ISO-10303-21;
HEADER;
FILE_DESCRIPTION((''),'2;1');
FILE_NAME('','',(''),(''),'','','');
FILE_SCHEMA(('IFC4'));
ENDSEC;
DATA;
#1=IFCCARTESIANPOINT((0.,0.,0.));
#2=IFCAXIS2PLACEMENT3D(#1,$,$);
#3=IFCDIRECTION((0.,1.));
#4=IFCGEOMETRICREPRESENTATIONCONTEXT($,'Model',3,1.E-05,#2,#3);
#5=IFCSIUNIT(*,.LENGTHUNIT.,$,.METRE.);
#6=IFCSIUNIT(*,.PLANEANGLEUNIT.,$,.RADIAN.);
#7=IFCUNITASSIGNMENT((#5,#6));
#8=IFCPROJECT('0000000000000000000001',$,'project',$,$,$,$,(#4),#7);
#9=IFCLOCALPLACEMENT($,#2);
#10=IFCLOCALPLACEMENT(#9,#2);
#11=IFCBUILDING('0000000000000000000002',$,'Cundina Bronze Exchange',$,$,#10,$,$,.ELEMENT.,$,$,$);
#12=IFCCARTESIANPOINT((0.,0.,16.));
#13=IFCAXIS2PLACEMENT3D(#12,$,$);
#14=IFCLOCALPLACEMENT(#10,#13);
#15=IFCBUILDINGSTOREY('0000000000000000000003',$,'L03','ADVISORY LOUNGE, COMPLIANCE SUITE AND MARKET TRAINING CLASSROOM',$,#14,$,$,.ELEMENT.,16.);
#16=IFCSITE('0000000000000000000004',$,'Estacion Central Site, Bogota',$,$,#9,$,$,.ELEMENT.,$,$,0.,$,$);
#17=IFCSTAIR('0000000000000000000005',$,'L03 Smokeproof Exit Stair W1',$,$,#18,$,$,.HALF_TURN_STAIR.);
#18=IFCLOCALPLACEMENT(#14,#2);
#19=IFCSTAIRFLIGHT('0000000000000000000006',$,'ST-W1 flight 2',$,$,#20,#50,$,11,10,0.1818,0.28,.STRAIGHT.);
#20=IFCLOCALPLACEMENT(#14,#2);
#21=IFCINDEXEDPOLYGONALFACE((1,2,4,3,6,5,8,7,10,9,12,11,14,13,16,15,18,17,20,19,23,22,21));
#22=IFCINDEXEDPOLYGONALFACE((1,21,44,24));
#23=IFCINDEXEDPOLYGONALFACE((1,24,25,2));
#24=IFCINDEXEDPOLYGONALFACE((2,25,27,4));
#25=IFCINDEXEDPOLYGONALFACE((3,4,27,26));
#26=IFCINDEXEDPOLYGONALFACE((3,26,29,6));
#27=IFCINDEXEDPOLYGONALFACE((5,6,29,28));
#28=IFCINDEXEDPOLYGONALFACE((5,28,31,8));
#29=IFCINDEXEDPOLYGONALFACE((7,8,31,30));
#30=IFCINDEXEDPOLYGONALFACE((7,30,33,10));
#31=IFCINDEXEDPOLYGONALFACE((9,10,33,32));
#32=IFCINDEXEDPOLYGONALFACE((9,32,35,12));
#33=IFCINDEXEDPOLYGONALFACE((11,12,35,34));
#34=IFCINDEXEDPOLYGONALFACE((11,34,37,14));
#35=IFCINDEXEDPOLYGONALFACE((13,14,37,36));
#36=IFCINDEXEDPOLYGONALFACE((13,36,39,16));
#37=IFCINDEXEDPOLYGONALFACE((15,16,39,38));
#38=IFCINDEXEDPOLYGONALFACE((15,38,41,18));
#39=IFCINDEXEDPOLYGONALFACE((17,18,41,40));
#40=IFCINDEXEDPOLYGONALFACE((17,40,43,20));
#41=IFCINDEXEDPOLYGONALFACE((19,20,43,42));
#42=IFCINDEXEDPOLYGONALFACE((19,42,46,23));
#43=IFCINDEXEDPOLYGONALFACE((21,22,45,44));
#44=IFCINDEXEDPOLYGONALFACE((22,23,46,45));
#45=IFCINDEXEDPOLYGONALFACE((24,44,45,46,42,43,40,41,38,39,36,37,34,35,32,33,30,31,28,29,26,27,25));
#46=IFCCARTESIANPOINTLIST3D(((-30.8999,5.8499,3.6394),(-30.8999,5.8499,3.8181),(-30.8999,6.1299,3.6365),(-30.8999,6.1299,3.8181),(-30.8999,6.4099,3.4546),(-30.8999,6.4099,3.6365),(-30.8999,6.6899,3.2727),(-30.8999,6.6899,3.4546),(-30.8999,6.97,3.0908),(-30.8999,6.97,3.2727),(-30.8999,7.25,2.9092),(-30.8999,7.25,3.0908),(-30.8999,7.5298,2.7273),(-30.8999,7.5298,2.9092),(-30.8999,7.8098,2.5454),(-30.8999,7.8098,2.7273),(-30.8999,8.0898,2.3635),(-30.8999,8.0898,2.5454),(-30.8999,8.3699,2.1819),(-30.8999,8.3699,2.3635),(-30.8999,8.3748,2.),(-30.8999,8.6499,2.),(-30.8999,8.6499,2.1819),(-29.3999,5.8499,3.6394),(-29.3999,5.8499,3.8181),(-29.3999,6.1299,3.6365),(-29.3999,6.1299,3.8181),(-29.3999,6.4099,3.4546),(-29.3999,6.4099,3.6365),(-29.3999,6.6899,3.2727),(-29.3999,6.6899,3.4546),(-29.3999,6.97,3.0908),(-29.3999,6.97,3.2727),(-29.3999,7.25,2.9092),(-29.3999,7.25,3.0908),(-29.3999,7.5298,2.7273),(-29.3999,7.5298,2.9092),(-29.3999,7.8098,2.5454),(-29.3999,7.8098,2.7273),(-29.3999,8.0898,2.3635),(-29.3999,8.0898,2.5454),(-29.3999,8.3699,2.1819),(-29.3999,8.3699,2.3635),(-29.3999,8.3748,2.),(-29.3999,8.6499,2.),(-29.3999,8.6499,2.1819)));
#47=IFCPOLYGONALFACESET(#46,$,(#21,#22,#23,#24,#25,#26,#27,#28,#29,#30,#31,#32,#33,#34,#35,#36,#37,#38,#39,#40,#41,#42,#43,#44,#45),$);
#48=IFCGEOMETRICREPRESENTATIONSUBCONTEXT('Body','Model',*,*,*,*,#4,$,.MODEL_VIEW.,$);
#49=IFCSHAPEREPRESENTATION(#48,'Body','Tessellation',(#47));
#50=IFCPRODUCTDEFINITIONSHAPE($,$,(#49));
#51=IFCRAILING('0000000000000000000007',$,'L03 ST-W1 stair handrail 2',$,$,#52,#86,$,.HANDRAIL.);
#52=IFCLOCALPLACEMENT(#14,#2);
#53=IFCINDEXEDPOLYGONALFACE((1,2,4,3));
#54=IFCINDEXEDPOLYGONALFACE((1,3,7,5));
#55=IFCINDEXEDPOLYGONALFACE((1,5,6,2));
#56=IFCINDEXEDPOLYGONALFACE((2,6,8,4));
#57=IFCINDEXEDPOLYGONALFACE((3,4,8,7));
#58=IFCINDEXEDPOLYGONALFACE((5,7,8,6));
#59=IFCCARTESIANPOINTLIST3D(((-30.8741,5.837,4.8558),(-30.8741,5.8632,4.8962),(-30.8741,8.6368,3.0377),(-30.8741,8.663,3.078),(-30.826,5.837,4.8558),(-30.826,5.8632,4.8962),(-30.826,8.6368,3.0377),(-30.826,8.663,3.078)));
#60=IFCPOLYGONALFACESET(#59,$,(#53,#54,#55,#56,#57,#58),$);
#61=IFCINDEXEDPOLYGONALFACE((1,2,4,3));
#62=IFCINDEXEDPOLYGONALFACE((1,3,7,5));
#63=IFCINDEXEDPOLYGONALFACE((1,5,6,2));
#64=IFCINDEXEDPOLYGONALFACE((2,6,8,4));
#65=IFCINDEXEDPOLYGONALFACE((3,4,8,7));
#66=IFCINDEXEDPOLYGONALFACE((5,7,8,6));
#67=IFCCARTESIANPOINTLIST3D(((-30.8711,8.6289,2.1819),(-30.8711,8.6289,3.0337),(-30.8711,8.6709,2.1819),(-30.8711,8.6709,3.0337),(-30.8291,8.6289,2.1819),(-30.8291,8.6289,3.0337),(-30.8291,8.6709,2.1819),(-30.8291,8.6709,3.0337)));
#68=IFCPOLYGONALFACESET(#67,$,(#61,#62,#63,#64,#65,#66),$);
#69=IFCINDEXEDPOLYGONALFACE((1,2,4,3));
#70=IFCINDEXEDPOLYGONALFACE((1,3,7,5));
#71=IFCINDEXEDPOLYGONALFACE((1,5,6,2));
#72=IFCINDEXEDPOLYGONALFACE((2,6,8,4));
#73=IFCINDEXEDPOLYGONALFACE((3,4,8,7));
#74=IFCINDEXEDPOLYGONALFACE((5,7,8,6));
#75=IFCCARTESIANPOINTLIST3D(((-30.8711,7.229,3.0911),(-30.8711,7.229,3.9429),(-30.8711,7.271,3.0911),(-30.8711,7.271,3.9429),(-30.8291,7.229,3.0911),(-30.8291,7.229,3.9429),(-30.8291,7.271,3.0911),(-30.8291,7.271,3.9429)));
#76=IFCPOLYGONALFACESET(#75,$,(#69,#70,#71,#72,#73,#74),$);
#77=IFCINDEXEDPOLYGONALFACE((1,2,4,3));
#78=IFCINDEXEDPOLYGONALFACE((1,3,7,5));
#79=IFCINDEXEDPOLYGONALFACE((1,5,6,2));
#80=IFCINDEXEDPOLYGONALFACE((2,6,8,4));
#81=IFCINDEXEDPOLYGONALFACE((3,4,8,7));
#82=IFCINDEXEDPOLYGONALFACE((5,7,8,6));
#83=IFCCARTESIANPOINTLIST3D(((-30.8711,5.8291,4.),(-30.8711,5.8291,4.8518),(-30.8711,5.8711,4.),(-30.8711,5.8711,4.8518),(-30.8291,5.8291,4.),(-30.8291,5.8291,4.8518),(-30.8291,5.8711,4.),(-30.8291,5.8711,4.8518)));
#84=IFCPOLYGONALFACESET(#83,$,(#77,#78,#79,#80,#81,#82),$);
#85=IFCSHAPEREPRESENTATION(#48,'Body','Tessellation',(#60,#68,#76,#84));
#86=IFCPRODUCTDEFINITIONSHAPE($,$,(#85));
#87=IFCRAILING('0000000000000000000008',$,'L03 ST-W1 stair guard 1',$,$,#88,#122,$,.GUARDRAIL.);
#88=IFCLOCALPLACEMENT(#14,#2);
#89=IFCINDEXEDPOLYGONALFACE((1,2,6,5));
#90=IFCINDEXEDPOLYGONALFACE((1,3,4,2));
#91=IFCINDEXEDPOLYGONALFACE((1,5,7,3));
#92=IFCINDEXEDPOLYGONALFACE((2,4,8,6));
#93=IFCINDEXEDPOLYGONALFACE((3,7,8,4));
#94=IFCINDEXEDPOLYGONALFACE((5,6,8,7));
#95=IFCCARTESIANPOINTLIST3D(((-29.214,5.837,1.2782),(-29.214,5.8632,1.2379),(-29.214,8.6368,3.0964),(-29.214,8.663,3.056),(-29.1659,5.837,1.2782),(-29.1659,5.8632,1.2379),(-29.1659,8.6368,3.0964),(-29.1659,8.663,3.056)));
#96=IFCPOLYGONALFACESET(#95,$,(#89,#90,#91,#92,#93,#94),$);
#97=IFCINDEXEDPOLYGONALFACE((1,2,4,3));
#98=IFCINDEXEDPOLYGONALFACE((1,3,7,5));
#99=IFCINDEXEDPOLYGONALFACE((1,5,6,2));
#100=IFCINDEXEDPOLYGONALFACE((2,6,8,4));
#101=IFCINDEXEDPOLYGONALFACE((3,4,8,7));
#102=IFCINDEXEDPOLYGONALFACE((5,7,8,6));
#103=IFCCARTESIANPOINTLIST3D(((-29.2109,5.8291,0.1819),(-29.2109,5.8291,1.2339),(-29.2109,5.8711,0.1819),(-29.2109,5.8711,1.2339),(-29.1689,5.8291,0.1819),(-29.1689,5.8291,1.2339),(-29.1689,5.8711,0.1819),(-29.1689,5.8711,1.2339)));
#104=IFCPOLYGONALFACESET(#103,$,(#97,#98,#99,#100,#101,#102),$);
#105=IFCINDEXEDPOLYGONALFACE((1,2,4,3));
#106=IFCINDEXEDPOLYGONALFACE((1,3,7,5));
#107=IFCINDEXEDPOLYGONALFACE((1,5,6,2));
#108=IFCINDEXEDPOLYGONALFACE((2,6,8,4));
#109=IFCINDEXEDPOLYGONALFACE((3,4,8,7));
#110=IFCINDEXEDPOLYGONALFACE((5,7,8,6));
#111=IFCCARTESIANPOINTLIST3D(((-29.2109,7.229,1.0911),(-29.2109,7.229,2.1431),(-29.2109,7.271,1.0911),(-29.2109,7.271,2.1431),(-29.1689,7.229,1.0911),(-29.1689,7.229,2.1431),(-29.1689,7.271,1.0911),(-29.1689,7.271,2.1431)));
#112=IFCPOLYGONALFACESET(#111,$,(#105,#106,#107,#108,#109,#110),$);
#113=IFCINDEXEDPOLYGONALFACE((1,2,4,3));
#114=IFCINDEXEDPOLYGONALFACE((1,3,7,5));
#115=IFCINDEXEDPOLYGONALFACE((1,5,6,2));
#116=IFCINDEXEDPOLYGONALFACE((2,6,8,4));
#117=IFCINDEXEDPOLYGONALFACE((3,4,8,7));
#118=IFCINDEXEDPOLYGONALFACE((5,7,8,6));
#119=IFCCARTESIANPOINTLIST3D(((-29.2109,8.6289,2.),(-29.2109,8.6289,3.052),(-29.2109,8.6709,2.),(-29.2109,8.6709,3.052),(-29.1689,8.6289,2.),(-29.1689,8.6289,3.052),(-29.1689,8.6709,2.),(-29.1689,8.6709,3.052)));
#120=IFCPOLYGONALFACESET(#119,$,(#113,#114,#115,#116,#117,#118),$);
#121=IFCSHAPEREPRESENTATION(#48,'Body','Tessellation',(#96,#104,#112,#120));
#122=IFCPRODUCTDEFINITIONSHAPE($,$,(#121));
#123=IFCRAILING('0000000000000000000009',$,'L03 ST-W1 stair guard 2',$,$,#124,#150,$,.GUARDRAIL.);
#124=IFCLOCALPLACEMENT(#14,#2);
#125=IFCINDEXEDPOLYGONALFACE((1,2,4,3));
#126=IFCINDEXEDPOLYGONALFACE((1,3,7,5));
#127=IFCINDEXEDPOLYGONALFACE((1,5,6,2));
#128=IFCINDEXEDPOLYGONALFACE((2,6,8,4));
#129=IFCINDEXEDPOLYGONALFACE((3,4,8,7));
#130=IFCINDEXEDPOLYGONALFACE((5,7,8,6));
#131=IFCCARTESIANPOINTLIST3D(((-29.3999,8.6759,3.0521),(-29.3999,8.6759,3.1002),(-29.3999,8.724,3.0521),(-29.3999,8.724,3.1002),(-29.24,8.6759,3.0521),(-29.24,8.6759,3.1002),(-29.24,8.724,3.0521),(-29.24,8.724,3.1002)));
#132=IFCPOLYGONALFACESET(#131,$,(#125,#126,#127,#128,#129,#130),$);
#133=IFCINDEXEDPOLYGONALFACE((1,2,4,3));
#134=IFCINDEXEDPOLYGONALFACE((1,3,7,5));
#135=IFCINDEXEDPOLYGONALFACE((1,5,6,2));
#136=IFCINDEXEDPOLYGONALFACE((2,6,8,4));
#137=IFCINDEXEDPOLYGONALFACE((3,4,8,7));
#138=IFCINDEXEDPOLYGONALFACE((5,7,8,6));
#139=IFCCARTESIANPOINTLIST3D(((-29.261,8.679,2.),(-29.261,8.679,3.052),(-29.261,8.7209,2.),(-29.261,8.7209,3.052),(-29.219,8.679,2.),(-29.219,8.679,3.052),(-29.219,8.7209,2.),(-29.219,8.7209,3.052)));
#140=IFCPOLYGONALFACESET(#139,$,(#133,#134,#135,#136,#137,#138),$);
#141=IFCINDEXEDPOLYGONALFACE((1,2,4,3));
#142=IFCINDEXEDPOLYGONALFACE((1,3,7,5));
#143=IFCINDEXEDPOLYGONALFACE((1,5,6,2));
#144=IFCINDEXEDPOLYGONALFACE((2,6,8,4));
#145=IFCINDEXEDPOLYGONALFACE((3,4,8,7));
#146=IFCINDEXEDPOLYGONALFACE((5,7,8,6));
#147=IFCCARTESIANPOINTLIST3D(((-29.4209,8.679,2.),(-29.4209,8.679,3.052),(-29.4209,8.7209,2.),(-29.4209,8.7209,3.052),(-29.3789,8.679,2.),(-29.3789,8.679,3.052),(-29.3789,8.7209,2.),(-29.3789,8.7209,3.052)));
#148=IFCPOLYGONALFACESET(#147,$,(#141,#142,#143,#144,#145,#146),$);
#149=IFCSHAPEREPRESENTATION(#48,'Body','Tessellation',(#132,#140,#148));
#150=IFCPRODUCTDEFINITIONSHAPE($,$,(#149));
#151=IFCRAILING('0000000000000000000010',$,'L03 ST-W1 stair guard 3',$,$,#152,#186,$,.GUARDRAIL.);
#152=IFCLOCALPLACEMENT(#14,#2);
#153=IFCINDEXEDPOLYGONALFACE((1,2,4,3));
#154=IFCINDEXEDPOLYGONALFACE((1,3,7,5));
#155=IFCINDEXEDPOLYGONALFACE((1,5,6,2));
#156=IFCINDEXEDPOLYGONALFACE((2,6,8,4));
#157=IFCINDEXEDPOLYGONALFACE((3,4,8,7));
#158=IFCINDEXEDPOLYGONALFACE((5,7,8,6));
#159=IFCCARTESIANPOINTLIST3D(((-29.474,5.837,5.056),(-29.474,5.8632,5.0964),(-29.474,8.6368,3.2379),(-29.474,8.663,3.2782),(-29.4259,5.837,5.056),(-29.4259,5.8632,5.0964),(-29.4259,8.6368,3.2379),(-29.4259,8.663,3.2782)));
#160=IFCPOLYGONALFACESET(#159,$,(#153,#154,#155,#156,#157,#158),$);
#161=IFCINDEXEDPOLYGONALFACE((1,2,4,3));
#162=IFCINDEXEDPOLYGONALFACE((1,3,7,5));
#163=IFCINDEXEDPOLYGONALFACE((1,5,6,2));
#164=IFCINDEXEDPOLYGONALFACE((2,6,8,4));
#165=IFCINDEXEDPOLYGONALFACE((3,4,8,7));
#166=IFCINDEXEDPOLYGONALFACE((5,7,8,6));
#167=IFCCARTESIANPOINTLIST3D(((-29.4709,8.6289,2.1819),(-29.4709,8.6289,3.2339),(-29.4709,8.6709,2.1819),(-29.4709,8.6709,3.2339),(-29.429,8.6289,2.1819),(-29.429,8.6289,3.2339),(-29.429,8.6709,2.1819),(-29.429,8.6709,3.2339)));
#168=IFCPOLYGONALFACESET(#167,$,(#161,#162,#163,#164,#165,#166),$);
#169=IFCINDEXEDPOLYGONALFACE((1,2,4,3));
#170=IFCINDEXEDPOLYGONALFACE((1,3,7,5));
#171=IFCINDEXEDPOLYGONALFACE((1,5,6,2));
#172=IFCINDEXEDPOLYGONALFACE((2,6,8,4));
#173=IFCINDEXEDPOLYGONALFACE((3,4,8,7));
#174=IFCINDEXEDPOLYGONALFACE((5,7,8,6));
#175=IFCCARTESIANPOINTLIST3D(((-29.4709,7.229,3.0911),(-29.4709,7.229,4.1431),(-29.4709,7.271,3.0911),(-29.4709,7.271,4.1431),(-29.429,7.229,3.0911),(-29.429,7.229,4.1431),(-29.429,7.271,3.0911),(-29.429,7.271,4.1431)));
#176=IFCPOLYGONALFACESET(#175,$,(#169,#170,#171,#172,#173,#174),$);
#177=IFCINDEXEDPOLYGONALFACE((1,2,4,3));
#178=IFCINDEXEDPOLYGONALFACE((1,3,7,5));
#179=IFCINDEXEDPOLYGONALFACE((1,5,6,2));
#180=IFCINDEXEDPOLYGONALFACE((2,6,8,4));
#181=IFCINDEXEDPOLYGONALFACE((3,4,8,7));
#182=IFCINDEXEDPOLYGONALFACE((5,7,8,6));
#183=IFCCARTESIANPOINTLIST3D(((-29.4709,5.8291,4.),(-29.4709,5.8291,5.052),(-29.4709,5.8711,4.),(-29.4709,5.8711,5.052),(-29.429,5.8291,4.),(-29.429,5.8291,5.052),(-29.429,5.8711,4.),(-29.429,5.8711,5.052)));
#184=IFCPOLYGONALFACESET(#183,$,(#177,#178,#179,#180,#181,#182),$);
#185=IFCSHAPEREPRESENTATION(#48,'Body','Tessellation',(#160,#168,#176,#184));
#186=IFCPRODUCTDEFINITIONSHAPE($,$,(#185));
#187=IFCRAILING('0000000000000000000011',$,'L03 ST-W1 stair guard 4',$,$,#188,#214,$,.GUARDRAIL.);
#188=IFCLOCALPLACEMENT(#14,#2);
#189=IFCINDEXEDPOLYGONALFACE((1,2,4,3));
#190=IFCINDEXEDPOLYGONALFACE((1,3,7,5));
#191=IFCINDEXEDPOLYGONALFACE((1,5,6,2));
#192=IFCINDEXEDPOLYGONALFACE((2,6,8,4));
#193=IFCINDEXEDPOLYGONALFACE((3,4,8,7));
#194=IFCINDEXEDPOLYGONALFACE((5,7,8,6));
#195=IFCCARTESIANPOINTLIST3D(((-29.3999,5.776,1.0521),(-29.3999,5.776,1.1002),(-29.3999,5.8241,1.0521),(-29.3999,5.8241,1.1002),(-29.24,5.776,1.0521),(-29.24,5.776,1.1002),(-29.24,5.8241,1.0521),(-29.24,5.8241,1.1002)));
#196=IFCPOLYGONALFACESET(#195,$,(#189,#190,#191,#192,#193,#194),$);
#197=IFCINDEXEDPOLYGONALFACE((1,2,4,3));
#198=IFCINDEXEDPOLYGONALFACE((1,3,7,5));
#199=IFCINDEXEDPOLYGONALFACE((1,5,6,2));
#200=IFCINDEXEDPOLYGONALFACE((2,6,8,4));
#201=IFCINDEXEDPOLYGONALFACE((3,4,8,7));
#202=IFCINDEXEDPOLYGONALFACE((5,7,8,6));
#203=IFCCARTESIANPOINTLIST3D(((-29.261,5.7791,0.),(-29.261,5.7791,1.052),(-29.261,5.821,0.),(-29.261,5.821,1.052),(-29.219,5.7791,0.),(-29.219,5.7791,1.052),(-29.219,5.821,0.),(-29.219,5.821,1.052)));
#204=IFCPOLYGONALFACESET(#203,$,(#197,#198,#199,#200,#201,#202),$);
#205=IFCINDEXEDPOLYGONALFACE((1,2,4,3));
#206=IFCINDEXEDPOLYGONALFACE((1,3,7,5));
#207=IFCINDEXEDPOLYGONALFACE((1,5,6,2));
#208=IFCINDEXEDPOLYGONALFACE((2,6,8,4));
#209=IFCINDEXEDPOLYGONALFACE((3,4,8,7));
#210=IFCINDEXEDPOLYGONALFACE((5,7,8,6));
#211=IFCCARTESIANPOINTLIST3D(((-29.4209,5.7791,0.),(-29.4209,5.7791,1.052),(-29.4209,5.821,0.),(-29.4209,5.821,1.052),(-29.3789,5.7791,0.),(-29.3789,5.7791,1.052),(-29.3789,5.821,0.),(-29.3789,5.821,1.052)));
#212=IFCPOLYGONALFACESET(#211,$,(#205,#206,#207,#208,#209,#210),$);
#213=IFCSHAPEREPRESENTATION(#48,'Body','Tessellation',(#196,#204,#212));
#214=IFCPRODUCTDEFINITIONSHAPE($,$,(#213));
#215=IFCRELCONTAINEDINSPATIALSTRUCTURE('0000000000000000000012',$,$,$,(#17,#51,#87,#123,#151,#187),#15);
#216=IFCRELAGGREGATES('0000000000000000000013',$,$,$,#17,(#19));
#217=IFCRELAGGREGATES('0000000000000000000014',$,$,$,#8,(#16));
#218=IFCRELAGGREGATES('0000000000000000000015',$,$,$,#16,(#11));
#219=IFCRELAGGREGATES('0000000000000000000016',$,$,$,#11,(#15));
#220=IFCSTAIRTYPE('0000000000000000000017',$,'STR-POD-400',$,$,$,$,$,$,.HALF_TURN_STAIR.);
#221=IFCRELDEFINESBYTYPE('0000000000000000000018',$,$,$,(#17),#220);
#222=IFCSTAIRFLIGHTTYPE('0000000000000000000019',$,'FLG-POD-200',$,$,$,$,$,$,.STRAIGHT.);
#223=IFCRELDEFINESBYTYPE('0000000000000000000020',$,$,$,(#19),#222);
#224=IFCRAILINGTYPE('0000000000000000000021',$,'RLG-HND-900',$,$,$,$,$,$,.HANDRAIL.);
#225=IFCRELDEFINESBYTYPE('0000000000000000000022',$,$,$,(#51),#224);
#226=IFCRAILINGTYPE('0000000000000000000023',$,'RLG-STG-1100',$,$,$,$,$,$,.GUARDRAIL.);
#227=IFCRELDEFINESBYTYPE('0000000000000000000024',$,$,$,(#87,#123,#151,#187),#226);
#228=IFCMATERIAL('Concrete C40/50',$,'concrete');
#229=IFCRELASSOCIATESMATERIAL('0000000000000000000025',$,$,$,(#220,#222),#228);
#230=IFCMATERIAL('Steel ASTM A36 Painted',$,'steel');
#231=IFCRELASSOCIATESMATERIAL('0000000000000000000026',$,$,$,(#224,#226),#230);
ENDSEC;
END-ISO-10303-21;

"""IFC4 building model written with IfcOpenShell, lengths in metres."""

from ifc_helpers import new_model, si_unit, direction, frame, origin, origin_2d, place, context, subcontext, project, spatial, polyline, rectangle, outline, extrude, material, type_object, element, aggregate, save


model = new_model("IFC4")

# Units and contexts
model_context = context("Model", 3, precision=1e-05, world=origin(), true_north=direction((0.0, 1.0)))
body_context = subcontext(model_context, "Body", "Model", "MODEL_VIEW")
ifc_project = project(units=[si_unit("LENGTHUNIT", "METRE"), si_unit("PLANEANGLEUNIT", "RADIAN")], contexts=[model_context])

# Site, building, storey
site_placement = place(None, origin())
site = spatial("IfcSite", under=ifc_project, at=site_placement, Name="Estacion Central Site, Bogota", CompositionType="ELEMENT", RefElevation=0.0)
building_placement = place(site_placement, origin())
building = spatial("IfcBuilding", under=site, at=building_placement, Name="Cundina Bronze Exchange", CompositionType="ELEMENT")
storey_placement = place(building_placement, frame((0.0, 0.0, 16.0)))
storey = spatial("IfcBuildingStorey", under=building, at=storey_placement, Name="L03", Description="ADVISORY LOUNGE, COMPLIANCE SUITE AND MARKET TRAINING CLASSROOM", CompositionType="ELEMENT", Elevation=16.0)

# Shared definitions
ifc_material_1 = material(Name="Concrete C40/50", Category="concrete")

# Shared definitions
ifc_material_2 = material(Name="Steel ASTM A36 Painted", Category="steel")

# Stair, stair flight
stair_type = type_object("IfcStairType", Name="STR-POD-400", PredefinedType="HALF_TURN_STAIR", material=ifc_material_1)
stair_placement = place(storey_placement, origin())
stair = element("IfcStair", 1, at=stair_placement, inside=storey, type_object=stair_type, Name="L03 Smokeproof Exit Stair W1", PredefinedType="HALF_TURN_STAIR")
stair_flight_type = type_object("IfcStairFlightType", Name="FLG-POD-200", PredefinedType="STRAIGHT", material=ifc_material_1)
stair_flight_placement = place(storey_placement, frame((-30.1499, 8.6499, 2.0), z_axis=(0.0, 0.0, 1.0), x_axis=(0.0, -1.0, 0.0)))
stair_flight = element("IfcStairFlight", 2, at=stair_flight_placement, type_object=stair_flight_type, Name="ST-W1 flight 2", NumberOfRisers=11, NumberOfTreads=10, PredefinedType="STRAIGHT", RiserHeight=0.1818, TreadLength=0.28, context=body_context, shape_type="SweptSolid", body=[
    extrude(outline(polyline([(0.0, 0.0), (0.0, 0.1819), (0.28, 0.1819), (0.28, 0.3635), (0.5601, 0.3635), (0.5601, 0.5454), (0.8401, 0.5454), (0.8401, 0.7273), (1.1201, 0.7273), (1.1201, 0.9092), (1.3999, 0.9092), (1.3999, 1.0908), (1.6799, 1.0908), (1.6799, 1.2727), (1.96, 1.2727), (1.96, 1.4546), (2.24, 1.4546), (2.24, 1.6365), (2.52, 1.6365), (2.52, 1.8181), (2.8, 1.8181), (2.8, 2.0), (2.8, 1.6394), (0.2751, 0.0), (0.0, 0.0)])), frame((0.0, 0.75, 0.0), z_axis=(0.0, -1.0, 0.0), x_axis=(1.0, 0.0, 0.0)), (0.0, 0.0, 1.0), 1.5),
])
aggregate(stair, [stair_flight])

# Railings
railing_type_1 = type_object("IfcRailingType", Name="RLG-HND-900", PredefinedType="HANDRAIL", material=ifc_material_2)
railing_1_placement = place(storey_placement, frame((-30.8501, 8.6499, 2.1819)))
element("IfcRailing", 3, at=railing_1_placement, inside=storey, type_object=railing_type_1, Name="L03 ST-W1 stair handrail 2", PredefinedType="HANDRAIL", context=body_context, shape_type="SweptSolid", body=[
    extrude(rectangle(XDim=0.0481, YDim=0.0481, at=origin_2d()), frame((0.0, 0.0, 0.876), z_axis=(0.0, -0.838684, 0.544618), x_axis=(1.0, 0.0, 0.0)), (0.0, 0.0, 1.0), 3.3384),
    extrude(rectangle(XDim=0.042, YDim=0.042, at=origin_2d()), origin(), (0.0, 0.0, 1.0), 0.8518),
    extrude(rectangle(XDim=0.042, YDim=0.042, at=origin_2d()), frame((0.0, -1.3999, 0.9092)), (0.0, 0.0, 1.0), 0.8518),
    extrude(rectangle(XDim=0.042, YDim=0.042, at=origin_2d()), frame((0.0, -2.7998, 1.8181)), (0.0, 0.0, 1.0), 0.8518),
])
railing_type_2 = type_object("IfcRailingType", Name="RLG-STG-1100", PredefinedType="GUARDRAIL", material=ifc_material_2)
railing_2_placement = place(storey_placement, frame((-29.1899, 5.8501, 0.1819)))
element("IfcRailing", 4, at=railing_2_placement, inside=storey, type_object=railing_type_2, Name="L03 ST-W1 stair guard 1", PredefinedType="GUARDRAIL", context=body_context, shape_type="SweptSolid", body=[
    extrude(rectangle(XDim=0.0481, YDim=0.0481, at=origin_2d()), frame((0.0, 0.0, 1.0762), z_axis=(0.0, 0.838684, 0.544618), x_axis=(-1.0, 0.0, 0.0)), (0.0, 0.0, 1.0), 3.3384),
    extrude(rectangle(XDim=0.042, YDim=0.042, at=origin_2d()), origin(), (0.0, 0.0, 1.0), 1.052),
    extrude(rectangle(XDim=0.042, YDim=0.042, at=origin_2d()), frame((0.0, 1.3999, 0.9092)), (0.0, 0.0, 1.0), 1.052),
    extrude(rectangle(XDim=0.042, YDim=0.042, at=origin_2d()), frame((0.0, 2.7998, 1.8181)), (0.0, 0.0, 1.0), 1.052),
])
railing_3_placement = place(storey_placement, frame((-29.24, 8.7, 2.0)))
element("IfcRailing", 5, at=railing_3_placement, inside=storey, type_object=railing_type_2, Name="L03 ST-W1 stair guard 2", PredefinedType="GUARDRAIL", context=body_context, shape_type="SweptSolid", body=[
    extrude(rectangle(XDim=0.0481, YDim=0.0481, at=origin_2d()), frame((0.0, 0.0, 1.0762), z_axis=(-1.0, 0.0, 0.0), x_axis=(0.0, -1.0, 0.0)), (0.0, 0.0, 1.0), 0.1599),
    extrude(rectangle(XDim=0.042, YDim=0.042, at=origin_2d()), origin(), (0.0, 0.0, 1.0), 1.052),
    extrude(rectangle(XDim=0.042, YDim=0.042, at=origin_2d()), frame((-0.1599, 0.0, 0.0)), (0.0, 0.0, 1.0), 1.052),
])
railing_4_placement = place(storey_placement, frame((-29.45, 8.6499, 2.1819)))
element("IfcRailing", 6, at=railing_4_placement, inside=storey, type_object=railing_type_2, Name="L03 ST-W1 stair guard 3", PredefinedType="GUARDRAIL", context=body_context, shape_type="SweptSolid", body=[
    extrude(rectangle(XDim=0.0481, YDim=0.0481, at=origin_2d()), frame((0.0, 0.0, 1.0762), z_axis=(0.0, -0.838684, 0.544618), x_axis=(1.0, 0.0, 0.0)), (0.0, 0.0, 1.0), 3.3384),
    extrude(rectangle(XDim=0.042, YDim=0.042, at=origin_2d()), origin(), (0.0, 0.0, 1.0), 1.052),
    extrude(rectangle(XDim=0.042, YDim=0.042, at=origin_2d()), frame((0.0, -1.3999, 0.9092)), (0.0, 0.0, 1.0), 1.052),
    extrude(rectangle(XDim=0.042, YDim=0.042, at=origin_2d()), frame((0.0, -2.7998, 1.8181)), (0.0, 0.0, 1.0), 1.052),
])
railing_5_placement = place(storey_placement, frame((-29.24, 5.8, 0.0)))
element("IfcRailing", 7, at=railing_5_placement, inside=storey, type_object=railing_type_2, Name="L03 ST-W1 stair guard 4", PredefinedType="GUARDRAIL", context=body_context, shape_type="SweptSolid", body=[
    extrude(rectangle(XDim=0.0481, YDim=0.0481, at=origin_2d()), frame((0.0, 0.0, 1.0762), z_axis=(-1.0, 0.0, 0.0), x_axis=(0.0, -1.0, 0.0)), (0.0, 0.0, 1.0), 0.1599),
    extrude(rectangle(XDim=0.042, YDim=0.042, at=origin_2d()), origin(), (0.0, 0.0, 1.0), 1.052),
    extrude(rectangle(XDim=0.042, YDim=0.042, at=origin_2d()), frame((-0.1599, 0.0, 0.0)), (0.0, 0.0, 1.0), 1.052),
])

save(model, "model.ifc")
